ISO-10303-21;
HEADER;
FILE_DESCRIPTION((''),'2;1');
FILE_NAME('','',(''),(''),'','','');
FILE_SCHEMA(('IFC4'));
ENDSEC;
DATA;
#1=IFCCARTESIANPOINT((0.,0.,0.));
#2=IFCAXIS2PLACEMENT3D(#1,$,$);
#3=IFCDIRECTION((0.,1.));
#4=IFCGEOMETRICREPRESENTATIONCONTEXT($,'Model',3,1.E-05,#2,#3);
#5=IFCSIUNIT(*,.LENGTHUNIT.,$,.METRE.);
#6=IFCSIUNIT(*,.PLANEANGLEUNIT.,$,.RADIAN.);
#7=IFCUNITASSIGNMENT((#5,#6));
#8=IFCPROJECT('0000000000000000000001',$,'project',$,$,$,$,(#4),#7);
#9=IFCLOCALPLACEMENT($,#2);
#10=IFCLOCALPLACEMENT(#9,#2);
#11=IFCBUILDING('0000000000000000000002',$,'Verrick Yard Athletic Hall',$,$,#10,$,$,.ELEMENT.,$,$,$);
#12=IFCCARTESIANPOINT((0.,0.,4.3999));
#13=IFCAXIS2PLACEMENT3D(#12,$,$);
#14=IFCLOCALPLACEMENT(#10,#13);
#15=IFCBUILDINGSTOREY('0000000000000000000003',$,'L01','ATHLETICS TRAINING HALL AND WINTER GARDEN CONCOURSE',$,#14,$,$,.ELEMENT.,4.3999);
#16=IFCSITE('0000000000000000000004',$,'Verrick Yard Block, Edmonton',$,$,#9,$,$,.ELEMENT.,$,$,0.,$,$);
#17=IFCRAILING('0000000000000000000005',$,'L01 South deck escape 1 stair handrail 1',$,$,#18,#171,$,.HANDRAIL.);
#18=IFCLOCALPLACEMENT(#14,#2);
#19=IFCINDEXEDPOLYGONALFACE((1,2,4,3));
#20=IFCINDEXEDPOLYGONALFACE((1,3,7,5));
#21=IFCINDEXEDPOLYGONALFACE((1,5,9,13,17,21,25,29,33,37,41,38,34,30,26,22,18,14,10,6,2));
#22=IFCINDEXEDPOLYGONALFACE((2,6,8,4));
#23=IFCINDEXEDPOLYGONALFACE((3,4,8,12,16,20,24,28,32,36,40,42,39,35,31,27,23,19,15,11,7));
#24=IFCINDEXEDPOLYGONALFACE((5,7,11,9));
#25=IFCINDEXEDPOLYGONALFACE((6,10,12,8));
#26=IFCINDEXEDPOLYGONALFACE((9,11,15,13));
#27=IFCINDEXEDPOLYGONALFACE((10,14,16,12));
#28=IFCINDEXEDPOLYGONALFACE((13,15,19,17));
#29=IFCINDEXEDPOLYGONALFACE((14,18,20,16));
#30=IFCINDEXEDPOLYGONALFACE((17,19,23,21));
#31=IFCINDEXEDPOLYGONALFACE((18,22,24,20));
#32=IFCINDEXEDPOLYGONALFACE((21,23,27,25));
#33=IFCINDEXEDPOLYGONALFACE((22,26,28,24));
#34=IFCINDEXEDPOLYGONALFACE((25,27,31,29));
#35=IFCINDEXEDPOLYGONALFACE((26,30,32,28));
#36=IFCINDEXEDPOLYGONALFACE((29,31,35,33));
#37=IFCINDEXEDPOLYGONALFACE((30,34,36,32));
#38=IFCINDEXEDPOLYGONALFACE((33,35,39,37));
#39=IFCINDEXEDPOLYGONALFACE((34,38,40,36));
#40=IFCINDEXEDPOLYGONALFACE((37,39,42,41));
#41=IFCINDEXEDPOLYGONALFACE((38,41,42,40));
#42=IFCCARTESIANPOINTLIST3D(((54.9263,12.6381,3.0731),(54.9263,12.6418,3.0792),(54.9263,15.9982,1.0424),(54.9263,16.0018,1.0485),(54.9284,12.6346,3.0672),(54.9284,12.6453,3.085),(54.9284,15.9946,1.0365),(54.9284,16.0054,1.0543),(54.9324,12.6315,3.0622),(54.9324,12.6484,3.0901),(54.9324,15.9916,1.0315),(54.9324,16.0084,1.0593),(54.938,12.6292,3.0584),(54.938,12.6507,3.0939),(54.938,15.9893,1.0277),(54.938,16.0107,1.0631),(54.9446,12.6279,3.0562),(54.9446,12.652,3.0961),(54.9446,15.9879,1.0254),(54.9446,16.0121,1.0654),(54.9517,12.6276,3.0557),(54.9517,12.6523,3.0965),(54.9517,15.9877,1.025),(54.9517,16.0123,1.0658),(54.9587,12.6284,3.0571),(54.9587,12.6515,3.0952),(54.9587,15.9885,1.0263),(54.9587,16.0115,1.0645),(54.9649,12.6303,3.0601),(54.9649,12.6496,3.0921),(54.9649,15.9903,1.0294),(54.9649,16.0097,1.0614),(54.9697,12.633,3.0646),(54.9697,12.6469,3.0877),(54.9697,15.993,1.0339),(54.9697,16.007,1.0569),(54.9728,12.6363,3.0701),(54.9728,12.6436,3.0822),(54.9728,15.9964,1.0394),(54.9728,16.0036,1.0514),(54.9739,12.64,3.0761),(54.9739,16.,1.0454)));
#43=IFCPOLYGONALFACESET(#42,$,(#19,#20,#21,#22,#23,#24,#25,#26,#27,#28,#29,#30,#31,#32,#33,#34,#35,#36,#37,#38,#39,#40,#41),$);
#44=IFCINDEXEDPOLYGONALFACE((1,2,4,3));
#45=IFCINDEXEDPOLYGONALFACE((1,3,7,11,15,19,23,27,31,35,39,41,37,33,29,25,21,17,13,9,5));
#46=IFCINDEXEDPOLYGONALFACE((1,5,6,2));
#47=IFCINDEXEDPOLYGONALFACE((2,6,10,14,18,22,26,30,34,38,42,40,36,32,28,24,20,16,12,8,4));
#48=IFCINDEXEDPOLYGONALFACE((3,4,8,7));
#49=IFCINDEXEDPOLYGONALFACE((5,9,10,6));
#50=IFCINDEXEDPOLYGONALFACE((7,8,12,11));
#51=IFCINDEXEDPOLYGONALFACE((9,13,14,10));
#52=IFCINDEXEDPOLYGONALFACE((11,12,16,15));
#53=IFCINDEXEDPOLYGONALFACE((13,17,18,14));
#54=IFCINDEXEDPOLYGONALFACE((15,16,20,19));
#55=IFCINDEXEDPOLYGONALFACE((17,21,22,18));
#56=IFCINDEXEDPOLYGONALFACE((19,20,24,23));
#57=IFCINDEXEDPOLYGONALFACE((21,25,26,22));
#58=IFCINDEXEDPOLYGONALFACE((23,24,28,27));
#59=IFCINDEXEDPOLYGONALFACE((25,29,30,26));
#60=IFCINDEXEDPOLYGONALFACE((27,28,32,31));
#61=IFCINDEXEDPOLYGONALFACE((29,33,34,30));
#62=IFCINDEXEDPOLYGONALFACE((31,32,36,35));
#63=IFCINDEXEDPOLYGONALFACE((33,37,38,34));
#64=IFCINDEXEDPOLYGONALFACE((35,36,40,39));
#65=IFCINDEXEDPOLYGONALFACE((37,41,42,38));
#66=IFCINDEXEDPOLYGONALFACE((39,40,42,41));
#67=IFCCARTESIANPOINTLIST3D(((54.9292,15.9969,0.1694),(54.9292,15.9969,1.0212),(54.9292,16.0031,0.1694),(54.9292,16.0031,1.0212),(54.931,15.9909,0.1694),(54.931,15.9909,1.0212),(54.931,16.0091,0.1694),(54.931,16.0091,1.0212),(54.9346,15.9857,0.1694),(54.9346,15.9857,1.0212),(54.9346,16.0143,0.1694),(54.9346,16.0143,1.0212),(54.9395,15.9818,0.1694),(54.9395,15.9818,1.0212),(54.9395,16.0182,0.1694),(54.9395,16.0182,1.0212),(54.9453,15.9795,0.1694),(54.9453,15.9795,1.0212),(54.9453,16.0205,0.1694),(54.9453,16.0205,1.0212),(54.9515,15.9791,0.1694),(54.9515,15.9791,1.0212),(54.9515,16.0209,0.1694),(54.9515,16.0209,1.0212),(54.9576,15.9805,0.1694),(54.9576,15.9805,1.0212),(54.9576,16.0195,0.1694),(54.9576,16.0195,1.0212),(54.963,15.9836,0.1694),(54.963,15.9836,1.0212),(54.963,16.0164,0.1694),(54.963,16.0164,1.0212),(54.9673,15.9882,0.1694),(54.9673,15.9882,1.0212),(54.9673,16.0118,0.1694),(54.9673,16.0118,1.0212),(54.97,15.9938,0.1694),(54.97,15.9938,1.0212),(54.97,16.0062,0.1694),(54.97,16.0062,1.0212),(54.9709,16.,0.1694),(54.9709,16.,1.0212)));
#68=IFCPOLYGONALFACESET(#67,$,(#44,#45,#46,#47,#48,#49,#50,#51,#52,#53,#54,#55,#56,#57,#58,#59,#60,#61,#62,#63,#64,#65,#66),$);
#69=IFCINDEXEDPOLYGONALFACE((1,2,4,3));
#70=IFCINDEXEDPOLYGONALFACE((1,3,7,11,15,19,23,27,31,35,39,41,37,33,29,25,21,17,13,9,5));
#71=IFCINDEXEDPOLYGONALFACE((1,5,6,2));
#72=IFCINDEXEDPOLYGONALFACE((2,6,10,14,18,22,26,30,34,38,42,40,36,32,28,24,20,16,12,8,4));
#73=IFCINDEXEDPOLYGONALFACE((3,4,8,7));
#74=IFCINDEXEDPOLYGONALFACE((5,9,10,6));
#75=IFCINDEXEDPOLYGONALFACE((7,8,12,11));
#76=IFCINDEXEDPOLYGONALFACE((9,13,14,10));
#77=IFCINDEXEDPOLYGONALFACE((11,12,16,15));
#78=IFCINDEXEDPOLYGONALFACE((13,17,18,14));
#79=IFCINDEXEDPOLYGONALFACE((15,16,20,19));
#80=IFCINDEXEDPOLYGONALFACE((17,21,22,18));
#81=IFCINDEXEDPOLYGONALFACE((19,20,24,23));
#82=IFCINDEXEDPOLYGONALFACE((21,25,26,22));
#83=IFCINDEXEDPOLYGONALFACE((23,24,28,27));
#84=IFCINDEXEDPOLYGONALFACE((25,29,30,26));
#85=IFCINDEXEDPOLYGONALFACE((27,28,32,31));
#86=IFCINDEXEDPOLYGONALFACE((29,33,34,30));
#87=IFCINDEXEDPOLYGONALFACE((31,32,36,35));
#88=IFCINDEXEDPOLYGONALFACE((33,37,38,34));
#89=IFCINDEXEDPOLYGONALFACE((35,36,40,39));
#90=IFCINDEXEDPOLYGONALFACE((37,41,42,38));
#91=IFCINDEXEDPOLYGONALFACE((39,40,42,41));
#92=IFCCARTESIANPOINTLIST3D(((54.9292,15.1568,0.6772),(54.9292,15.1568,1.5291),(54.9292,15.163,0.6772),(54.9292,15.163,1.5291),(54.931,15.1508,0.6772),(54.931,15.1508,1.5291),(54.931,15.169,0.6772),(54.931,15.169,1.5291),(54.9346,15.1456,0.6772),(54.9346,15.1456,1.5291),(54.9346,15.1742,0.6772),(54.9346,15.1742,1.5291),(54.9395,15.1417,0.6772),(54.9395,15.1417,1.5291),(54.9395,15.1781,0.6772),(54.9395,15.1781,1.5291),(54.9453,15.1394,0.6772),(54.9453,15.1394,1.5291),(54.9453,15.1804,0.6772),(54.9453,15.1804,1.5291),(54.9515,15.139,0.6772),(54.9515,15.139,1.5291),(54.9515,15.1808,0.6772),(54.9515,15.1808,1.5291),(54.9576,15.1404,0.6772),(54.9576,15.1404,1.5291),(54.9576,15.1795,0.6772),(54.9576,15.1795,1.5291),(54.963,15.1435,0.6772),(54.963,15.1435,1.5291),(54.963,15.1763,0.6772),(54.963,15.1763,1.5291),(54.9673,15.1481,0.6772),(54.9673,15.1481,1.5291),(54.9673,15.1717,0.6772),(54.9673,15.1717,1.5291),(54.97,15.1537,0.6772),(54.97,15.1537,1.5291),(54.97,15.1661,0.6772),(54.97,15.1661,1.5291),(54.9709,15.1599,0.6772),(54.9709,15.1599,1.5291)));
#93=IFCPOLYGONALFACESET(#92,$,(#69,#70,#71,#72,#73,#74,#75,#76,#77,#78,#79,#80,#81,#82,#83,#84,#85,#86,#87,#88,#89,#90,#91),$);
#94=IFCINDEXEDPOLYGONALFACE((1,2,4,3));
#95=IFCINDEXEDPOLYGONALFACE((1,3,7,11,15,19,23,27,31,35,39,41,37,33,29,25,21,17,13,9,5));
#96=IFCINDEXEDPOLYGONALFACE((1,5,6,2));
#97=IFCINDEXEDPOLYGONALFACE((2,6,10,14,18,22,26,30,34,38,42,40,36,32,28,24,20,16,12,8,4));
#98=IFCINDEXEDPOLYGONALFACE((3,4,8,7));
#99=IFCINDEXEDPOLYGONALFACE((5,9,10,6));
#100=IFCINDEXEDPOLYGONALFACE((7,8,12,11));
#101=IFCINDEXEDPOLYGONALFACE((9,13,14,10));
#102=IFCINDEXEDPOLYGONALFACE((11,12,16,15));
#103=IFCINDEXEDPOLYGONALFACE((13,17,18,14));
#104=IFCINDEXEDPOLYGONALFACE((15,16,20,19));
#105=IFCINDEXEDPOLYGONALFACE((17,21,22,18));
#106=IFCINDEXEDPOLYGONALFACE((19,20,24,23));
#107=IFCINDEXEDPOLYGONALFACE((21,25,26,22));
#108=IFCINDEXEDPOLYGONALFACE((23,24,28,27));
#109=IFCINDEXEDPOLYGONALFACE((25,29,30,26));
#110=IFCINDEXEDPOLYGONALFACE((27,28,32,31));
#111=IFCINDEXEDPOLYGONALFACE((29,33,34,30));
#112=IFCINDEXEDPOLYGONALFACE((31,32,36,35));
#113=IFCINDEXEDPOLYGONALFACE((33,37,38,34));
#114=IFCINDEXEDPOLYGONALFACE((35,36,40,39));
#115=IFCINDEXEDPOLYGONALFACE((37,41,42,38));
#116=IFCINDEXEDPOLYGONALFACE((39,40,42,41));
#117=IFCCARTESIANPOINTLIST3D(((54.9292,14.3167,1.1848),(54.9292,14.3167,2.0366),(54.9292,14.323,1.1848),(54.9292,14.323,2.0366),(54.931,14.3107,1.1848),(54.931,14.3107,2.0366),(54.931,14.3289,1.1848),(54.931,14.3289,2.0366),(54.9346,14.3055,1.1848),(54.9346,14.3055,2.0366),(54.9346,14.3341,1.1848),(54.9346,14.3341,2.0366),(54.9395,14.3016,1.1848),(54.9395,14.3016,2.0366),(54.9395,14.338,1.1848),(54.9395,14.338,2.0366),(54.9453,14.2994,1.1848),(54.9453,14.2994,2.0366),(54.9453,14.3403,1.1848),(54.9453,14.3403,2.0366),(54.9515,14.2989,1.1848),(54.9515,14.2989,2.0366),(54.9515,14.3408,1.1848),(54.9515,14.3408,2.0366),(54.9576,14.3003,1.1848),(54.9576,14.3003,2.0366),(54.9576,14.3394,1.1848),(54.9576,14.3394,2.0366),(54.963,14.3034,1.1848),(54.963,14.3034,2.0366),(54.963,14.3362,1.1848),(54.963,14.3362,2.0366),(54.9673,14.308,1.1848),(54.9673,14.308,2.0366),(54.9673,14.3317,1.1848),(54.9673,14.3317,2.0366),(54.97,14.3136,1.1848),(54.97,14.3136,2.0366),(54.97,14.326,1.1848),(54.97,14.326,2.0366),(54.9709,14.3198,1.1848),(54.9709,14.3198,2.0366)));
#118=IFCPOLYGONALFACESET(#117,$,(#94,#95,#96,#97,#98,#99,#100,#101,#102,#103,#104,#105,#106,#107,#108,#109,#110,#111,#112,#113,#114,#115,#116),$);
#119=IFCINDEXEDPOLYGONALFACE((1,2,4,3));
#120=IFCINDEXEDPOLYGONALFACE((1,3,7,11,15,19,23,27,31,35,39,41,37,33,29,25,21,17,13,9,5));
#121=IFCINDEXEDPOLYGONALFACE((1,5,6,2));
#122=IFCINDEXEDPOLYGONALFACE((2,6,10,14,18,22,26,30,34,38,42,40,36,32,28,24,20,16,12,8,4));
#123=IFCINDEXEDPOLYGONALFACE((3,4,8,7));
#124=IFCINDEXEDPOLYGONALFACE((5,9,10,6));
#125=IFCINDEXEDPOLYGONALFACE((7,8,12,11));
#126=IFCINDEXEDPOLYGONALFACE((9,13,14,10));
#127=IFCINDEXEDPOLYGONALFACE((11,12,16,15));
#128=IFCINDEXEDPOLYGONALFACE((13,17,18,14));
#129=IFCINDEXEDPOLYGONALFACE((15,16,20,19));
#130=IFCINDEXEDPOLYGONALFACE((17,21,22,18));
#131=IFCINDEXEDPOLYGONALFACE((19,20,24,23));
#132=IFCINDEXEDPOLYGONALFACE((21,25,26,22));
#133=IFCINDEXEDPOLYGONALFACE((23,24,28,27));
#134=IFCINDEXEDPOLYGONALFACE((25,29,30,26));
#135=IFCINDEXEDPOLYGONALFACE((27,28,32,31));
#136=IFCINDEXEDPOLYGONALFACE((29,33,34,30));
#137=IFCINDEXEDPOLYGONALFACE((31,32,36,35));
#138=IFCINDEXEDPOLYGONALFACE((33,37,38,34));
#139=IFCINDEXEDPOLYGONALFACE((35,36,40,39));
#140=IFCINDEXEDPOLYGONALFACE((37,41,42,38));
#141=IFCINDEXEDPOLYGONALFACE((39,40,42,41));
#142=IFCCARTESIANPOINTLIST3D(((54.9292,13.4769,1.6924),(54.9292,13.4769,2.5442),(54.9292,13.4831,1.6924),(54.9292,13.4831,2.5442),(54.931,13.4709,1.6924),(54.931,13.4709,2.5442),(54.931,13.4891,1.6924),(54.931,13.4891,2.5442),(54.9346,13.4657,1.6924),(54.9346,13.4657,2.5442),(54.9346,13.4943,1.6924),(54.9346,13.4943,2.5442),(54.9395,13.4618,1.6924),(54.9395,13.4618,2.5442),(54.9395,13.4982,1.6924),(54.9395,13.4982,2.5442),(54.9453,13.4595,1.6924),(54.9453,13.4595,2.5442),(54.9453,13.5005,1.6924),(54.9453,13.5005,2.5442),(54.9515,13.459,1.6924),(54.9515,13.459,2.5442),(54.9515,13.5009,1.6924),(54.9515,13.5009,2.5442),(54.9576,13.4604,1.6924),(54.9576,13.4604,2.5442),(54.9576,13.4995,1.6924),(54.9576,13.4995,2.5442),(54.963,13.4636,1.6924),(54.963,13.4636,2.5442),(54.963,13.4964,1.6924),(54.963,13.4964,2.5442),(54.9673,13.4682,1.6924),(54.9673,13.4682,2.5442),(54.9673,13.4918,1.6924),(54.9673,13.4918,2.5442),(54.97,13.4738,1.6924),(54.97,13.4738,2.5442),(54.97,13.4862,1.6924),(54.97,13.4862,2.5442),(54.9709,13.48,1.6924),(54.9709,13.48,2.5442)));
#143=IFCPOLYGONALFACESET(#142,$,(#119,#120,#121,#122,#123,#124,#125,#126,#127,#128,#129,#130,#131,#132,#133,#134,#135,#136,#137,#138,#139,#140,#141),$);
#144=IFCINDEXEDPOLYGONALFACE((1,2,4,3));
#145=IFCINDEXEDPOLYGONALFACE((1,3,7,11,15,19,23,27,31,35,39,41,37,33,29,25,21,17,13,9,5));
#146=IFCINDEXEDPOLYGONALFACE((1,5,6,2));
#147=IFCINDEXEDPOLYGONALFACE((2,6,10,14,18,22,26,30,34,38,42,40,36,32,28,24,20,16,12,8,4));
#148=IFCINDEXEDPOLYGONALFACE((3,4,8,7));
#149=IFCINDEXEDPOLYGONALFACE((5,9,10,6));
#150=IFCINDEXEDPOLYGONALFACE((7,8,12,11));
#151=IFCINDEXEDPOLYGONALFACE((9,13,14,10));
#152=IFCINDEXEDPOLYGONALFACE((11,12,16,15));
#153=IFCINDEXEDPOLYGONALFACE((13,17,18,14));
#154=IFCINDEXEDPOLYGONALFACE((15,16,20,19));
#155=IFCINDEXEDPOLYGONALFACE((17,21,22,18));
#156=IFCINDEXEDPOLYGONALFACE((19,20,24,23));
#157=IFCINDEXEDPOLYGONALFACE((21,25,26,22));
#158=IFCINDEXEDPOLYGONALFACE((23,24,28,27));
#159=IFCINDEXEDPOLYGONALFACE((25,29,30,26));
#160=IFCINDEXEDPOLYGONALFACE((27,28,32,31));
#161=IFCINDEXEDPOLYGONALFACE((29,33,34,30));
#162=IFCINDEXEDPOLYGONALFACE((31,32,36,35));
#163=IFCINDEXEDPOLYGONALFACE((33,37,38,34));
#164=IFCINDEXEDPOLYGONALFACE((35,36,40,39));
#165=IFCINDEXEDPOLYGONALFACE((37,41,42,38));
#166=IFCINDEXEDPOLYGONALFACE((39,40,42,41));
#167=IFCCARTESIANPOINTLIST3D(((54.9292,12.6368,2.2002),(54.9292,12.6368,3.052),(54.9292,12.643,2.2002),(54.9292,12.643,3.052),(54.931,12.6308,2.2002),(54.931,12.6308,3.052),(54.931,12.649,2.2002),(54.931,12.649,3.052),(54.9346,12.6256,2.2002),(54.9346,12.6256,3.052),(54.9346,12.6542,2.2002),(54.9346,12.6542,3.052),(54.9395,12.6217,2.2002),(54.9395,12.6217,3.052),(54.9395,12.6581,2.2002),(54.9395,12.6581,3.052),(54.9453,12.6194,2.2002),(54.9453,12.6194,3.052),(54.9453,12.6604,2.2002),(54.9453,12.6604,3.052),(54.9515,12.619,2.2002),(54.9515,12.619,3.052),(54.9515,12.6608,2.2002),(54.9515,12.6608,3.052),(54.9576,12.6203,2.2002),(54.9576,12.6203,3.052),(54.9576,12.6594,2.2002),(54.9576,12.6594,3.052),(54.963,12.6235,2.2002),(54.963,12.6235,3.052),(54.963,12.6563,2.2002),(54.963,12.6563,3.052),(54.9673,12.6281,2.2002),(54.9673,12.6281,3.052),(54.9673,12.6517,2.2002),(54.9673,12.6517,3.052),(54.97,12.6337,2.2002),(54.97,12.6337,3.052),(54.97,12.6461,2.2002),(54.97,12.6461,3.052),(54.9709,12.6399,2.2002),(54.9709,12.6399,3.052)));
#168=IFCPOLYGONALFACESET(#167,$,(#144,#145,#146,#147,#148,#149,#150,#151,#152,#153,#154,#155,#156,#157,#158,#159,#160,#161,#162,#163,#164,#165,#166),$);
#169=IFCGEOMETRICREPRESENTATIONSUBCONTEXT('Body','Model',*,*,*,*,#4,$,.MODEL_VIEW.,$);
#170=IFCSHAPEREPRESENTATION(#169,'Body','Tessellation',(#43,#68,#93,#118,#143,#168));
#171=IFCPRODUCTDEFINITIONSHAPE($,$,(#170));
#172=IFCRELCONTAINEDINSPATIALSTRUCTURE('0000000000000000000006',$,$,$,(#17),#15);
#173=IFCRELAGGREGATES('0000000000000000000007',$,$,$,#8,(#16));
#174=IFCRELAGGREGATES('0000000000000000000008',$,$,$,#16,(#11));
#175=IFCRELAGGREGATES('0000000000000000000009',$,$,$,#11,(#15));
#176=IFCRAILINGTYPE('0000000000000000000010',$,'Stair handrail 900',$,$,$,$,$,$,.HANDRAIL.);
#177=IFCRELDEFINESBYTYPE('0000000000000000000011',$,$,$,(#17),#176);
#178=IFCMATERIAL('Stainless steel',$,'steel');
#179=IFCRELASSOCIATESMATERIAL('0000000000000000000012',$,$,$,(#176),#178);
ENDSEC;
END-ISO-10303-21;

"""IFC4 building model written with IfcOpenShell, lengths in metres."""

from ifc_helpers import new_model, si_unit, direction, frame, origin, origin_2d, place, context, subcontext, project, spatial, circle, extrude, material, type_object, element, save


model = new_model("IFC4")

# Units and contexts
model_context = context("Model", 3, precision=1e-05, world=origin(), true_north=direction((0.0, 1.0)))
body_context = subcontext(model_context, "Body", "Model", "MODEL_VIEW")
ifc_project = project(units=[si_unit("LENGTHUNIT", "METRE"), si_unit("PLANEANGLEUNIT", "RADIAN")], contexts=[model_context])

# Site, building, storey
site_placement = place(None, origin())
site = spatial("IfcSite", under=ifc_project, at=site_placement, Name="Verrick Yard Block, Edmonton", CompositionType="ELEMENT", RefElevation=0.0)
building_placement = place(site_placement, origin())
building = spatial("IfcBuilding", under=site, at=building_placement, Name="Verrick Yard Athletic Hall", CompositionType="ELEMENT")
storey_placement = place(building_placement, frame((0.0, 0.0, 4.3999)))
storey = spatial("IfcBuildingStorey", under=building, at=storey_placement, Name="L01", Description="ATHLETICS TRAINING HALL AND WINTER GARDEN CONCOURSE", CompositionType="ELEMENT", Elevation=4.3999)

# Railing
ifc_material_1 = material(Name="Stainless steel", Category="steel")
railing_type_1 = type_object("IfcRailingType", Name="Stair handrail 900", PredefinedType="HANDRAIL", material=ifc_material_1)
railing_1_placement = place(storey_placement, frame((54.95, 16.0, 0.1694)))
element("IfcRailing", 1, at=railing_1_placement, inside=storey, type_object=railing_type_1, Name="L01 South deck escape 1 stair handrail 1", PredefinedType="HANDRAIL", context=body_context, shape_type="SweptSolid", body=[
    extrude(circle(Radius=0.0239, at=origin_2d()), frame((0.0, 0.0, 0.876), z_axis=(0.0, -0.855837, 0.517246), x_axis=(1.0, 0.0, 0.0)), (0.0, 0.0, 1.0), 3.926),
    extrude(circle(Radius=0.021, at=origin_2d()), origin(), (0.0, 0.0, 1.0), 0.8518),
    extrude(circle(Radius=0.021, at=origin_2d()), frame((0.0, -0.8401, 0.5078)), (0.0, 0.0, 1.0), 0.8518),
    extrude(circle(Radius=0.021, at=origin_2d()), frame((0.0, -1.6802, 1.0154)), (0.0, 0.0, 1.0), 0.8518),
    extrude(circle(Radius=0.021, at=origin_2d()), frame((0.0, -2.52, 1.5229)), (0.0, 0.0, 1.0), 0.8518),
    extrude(circle(Radius=0.021, at=origin_2d()), frame((0.0, -3.3601, 2.0308)), (0.0, 0.0, 1.0), 0.8518),
])

save(model, "model.ifc")
